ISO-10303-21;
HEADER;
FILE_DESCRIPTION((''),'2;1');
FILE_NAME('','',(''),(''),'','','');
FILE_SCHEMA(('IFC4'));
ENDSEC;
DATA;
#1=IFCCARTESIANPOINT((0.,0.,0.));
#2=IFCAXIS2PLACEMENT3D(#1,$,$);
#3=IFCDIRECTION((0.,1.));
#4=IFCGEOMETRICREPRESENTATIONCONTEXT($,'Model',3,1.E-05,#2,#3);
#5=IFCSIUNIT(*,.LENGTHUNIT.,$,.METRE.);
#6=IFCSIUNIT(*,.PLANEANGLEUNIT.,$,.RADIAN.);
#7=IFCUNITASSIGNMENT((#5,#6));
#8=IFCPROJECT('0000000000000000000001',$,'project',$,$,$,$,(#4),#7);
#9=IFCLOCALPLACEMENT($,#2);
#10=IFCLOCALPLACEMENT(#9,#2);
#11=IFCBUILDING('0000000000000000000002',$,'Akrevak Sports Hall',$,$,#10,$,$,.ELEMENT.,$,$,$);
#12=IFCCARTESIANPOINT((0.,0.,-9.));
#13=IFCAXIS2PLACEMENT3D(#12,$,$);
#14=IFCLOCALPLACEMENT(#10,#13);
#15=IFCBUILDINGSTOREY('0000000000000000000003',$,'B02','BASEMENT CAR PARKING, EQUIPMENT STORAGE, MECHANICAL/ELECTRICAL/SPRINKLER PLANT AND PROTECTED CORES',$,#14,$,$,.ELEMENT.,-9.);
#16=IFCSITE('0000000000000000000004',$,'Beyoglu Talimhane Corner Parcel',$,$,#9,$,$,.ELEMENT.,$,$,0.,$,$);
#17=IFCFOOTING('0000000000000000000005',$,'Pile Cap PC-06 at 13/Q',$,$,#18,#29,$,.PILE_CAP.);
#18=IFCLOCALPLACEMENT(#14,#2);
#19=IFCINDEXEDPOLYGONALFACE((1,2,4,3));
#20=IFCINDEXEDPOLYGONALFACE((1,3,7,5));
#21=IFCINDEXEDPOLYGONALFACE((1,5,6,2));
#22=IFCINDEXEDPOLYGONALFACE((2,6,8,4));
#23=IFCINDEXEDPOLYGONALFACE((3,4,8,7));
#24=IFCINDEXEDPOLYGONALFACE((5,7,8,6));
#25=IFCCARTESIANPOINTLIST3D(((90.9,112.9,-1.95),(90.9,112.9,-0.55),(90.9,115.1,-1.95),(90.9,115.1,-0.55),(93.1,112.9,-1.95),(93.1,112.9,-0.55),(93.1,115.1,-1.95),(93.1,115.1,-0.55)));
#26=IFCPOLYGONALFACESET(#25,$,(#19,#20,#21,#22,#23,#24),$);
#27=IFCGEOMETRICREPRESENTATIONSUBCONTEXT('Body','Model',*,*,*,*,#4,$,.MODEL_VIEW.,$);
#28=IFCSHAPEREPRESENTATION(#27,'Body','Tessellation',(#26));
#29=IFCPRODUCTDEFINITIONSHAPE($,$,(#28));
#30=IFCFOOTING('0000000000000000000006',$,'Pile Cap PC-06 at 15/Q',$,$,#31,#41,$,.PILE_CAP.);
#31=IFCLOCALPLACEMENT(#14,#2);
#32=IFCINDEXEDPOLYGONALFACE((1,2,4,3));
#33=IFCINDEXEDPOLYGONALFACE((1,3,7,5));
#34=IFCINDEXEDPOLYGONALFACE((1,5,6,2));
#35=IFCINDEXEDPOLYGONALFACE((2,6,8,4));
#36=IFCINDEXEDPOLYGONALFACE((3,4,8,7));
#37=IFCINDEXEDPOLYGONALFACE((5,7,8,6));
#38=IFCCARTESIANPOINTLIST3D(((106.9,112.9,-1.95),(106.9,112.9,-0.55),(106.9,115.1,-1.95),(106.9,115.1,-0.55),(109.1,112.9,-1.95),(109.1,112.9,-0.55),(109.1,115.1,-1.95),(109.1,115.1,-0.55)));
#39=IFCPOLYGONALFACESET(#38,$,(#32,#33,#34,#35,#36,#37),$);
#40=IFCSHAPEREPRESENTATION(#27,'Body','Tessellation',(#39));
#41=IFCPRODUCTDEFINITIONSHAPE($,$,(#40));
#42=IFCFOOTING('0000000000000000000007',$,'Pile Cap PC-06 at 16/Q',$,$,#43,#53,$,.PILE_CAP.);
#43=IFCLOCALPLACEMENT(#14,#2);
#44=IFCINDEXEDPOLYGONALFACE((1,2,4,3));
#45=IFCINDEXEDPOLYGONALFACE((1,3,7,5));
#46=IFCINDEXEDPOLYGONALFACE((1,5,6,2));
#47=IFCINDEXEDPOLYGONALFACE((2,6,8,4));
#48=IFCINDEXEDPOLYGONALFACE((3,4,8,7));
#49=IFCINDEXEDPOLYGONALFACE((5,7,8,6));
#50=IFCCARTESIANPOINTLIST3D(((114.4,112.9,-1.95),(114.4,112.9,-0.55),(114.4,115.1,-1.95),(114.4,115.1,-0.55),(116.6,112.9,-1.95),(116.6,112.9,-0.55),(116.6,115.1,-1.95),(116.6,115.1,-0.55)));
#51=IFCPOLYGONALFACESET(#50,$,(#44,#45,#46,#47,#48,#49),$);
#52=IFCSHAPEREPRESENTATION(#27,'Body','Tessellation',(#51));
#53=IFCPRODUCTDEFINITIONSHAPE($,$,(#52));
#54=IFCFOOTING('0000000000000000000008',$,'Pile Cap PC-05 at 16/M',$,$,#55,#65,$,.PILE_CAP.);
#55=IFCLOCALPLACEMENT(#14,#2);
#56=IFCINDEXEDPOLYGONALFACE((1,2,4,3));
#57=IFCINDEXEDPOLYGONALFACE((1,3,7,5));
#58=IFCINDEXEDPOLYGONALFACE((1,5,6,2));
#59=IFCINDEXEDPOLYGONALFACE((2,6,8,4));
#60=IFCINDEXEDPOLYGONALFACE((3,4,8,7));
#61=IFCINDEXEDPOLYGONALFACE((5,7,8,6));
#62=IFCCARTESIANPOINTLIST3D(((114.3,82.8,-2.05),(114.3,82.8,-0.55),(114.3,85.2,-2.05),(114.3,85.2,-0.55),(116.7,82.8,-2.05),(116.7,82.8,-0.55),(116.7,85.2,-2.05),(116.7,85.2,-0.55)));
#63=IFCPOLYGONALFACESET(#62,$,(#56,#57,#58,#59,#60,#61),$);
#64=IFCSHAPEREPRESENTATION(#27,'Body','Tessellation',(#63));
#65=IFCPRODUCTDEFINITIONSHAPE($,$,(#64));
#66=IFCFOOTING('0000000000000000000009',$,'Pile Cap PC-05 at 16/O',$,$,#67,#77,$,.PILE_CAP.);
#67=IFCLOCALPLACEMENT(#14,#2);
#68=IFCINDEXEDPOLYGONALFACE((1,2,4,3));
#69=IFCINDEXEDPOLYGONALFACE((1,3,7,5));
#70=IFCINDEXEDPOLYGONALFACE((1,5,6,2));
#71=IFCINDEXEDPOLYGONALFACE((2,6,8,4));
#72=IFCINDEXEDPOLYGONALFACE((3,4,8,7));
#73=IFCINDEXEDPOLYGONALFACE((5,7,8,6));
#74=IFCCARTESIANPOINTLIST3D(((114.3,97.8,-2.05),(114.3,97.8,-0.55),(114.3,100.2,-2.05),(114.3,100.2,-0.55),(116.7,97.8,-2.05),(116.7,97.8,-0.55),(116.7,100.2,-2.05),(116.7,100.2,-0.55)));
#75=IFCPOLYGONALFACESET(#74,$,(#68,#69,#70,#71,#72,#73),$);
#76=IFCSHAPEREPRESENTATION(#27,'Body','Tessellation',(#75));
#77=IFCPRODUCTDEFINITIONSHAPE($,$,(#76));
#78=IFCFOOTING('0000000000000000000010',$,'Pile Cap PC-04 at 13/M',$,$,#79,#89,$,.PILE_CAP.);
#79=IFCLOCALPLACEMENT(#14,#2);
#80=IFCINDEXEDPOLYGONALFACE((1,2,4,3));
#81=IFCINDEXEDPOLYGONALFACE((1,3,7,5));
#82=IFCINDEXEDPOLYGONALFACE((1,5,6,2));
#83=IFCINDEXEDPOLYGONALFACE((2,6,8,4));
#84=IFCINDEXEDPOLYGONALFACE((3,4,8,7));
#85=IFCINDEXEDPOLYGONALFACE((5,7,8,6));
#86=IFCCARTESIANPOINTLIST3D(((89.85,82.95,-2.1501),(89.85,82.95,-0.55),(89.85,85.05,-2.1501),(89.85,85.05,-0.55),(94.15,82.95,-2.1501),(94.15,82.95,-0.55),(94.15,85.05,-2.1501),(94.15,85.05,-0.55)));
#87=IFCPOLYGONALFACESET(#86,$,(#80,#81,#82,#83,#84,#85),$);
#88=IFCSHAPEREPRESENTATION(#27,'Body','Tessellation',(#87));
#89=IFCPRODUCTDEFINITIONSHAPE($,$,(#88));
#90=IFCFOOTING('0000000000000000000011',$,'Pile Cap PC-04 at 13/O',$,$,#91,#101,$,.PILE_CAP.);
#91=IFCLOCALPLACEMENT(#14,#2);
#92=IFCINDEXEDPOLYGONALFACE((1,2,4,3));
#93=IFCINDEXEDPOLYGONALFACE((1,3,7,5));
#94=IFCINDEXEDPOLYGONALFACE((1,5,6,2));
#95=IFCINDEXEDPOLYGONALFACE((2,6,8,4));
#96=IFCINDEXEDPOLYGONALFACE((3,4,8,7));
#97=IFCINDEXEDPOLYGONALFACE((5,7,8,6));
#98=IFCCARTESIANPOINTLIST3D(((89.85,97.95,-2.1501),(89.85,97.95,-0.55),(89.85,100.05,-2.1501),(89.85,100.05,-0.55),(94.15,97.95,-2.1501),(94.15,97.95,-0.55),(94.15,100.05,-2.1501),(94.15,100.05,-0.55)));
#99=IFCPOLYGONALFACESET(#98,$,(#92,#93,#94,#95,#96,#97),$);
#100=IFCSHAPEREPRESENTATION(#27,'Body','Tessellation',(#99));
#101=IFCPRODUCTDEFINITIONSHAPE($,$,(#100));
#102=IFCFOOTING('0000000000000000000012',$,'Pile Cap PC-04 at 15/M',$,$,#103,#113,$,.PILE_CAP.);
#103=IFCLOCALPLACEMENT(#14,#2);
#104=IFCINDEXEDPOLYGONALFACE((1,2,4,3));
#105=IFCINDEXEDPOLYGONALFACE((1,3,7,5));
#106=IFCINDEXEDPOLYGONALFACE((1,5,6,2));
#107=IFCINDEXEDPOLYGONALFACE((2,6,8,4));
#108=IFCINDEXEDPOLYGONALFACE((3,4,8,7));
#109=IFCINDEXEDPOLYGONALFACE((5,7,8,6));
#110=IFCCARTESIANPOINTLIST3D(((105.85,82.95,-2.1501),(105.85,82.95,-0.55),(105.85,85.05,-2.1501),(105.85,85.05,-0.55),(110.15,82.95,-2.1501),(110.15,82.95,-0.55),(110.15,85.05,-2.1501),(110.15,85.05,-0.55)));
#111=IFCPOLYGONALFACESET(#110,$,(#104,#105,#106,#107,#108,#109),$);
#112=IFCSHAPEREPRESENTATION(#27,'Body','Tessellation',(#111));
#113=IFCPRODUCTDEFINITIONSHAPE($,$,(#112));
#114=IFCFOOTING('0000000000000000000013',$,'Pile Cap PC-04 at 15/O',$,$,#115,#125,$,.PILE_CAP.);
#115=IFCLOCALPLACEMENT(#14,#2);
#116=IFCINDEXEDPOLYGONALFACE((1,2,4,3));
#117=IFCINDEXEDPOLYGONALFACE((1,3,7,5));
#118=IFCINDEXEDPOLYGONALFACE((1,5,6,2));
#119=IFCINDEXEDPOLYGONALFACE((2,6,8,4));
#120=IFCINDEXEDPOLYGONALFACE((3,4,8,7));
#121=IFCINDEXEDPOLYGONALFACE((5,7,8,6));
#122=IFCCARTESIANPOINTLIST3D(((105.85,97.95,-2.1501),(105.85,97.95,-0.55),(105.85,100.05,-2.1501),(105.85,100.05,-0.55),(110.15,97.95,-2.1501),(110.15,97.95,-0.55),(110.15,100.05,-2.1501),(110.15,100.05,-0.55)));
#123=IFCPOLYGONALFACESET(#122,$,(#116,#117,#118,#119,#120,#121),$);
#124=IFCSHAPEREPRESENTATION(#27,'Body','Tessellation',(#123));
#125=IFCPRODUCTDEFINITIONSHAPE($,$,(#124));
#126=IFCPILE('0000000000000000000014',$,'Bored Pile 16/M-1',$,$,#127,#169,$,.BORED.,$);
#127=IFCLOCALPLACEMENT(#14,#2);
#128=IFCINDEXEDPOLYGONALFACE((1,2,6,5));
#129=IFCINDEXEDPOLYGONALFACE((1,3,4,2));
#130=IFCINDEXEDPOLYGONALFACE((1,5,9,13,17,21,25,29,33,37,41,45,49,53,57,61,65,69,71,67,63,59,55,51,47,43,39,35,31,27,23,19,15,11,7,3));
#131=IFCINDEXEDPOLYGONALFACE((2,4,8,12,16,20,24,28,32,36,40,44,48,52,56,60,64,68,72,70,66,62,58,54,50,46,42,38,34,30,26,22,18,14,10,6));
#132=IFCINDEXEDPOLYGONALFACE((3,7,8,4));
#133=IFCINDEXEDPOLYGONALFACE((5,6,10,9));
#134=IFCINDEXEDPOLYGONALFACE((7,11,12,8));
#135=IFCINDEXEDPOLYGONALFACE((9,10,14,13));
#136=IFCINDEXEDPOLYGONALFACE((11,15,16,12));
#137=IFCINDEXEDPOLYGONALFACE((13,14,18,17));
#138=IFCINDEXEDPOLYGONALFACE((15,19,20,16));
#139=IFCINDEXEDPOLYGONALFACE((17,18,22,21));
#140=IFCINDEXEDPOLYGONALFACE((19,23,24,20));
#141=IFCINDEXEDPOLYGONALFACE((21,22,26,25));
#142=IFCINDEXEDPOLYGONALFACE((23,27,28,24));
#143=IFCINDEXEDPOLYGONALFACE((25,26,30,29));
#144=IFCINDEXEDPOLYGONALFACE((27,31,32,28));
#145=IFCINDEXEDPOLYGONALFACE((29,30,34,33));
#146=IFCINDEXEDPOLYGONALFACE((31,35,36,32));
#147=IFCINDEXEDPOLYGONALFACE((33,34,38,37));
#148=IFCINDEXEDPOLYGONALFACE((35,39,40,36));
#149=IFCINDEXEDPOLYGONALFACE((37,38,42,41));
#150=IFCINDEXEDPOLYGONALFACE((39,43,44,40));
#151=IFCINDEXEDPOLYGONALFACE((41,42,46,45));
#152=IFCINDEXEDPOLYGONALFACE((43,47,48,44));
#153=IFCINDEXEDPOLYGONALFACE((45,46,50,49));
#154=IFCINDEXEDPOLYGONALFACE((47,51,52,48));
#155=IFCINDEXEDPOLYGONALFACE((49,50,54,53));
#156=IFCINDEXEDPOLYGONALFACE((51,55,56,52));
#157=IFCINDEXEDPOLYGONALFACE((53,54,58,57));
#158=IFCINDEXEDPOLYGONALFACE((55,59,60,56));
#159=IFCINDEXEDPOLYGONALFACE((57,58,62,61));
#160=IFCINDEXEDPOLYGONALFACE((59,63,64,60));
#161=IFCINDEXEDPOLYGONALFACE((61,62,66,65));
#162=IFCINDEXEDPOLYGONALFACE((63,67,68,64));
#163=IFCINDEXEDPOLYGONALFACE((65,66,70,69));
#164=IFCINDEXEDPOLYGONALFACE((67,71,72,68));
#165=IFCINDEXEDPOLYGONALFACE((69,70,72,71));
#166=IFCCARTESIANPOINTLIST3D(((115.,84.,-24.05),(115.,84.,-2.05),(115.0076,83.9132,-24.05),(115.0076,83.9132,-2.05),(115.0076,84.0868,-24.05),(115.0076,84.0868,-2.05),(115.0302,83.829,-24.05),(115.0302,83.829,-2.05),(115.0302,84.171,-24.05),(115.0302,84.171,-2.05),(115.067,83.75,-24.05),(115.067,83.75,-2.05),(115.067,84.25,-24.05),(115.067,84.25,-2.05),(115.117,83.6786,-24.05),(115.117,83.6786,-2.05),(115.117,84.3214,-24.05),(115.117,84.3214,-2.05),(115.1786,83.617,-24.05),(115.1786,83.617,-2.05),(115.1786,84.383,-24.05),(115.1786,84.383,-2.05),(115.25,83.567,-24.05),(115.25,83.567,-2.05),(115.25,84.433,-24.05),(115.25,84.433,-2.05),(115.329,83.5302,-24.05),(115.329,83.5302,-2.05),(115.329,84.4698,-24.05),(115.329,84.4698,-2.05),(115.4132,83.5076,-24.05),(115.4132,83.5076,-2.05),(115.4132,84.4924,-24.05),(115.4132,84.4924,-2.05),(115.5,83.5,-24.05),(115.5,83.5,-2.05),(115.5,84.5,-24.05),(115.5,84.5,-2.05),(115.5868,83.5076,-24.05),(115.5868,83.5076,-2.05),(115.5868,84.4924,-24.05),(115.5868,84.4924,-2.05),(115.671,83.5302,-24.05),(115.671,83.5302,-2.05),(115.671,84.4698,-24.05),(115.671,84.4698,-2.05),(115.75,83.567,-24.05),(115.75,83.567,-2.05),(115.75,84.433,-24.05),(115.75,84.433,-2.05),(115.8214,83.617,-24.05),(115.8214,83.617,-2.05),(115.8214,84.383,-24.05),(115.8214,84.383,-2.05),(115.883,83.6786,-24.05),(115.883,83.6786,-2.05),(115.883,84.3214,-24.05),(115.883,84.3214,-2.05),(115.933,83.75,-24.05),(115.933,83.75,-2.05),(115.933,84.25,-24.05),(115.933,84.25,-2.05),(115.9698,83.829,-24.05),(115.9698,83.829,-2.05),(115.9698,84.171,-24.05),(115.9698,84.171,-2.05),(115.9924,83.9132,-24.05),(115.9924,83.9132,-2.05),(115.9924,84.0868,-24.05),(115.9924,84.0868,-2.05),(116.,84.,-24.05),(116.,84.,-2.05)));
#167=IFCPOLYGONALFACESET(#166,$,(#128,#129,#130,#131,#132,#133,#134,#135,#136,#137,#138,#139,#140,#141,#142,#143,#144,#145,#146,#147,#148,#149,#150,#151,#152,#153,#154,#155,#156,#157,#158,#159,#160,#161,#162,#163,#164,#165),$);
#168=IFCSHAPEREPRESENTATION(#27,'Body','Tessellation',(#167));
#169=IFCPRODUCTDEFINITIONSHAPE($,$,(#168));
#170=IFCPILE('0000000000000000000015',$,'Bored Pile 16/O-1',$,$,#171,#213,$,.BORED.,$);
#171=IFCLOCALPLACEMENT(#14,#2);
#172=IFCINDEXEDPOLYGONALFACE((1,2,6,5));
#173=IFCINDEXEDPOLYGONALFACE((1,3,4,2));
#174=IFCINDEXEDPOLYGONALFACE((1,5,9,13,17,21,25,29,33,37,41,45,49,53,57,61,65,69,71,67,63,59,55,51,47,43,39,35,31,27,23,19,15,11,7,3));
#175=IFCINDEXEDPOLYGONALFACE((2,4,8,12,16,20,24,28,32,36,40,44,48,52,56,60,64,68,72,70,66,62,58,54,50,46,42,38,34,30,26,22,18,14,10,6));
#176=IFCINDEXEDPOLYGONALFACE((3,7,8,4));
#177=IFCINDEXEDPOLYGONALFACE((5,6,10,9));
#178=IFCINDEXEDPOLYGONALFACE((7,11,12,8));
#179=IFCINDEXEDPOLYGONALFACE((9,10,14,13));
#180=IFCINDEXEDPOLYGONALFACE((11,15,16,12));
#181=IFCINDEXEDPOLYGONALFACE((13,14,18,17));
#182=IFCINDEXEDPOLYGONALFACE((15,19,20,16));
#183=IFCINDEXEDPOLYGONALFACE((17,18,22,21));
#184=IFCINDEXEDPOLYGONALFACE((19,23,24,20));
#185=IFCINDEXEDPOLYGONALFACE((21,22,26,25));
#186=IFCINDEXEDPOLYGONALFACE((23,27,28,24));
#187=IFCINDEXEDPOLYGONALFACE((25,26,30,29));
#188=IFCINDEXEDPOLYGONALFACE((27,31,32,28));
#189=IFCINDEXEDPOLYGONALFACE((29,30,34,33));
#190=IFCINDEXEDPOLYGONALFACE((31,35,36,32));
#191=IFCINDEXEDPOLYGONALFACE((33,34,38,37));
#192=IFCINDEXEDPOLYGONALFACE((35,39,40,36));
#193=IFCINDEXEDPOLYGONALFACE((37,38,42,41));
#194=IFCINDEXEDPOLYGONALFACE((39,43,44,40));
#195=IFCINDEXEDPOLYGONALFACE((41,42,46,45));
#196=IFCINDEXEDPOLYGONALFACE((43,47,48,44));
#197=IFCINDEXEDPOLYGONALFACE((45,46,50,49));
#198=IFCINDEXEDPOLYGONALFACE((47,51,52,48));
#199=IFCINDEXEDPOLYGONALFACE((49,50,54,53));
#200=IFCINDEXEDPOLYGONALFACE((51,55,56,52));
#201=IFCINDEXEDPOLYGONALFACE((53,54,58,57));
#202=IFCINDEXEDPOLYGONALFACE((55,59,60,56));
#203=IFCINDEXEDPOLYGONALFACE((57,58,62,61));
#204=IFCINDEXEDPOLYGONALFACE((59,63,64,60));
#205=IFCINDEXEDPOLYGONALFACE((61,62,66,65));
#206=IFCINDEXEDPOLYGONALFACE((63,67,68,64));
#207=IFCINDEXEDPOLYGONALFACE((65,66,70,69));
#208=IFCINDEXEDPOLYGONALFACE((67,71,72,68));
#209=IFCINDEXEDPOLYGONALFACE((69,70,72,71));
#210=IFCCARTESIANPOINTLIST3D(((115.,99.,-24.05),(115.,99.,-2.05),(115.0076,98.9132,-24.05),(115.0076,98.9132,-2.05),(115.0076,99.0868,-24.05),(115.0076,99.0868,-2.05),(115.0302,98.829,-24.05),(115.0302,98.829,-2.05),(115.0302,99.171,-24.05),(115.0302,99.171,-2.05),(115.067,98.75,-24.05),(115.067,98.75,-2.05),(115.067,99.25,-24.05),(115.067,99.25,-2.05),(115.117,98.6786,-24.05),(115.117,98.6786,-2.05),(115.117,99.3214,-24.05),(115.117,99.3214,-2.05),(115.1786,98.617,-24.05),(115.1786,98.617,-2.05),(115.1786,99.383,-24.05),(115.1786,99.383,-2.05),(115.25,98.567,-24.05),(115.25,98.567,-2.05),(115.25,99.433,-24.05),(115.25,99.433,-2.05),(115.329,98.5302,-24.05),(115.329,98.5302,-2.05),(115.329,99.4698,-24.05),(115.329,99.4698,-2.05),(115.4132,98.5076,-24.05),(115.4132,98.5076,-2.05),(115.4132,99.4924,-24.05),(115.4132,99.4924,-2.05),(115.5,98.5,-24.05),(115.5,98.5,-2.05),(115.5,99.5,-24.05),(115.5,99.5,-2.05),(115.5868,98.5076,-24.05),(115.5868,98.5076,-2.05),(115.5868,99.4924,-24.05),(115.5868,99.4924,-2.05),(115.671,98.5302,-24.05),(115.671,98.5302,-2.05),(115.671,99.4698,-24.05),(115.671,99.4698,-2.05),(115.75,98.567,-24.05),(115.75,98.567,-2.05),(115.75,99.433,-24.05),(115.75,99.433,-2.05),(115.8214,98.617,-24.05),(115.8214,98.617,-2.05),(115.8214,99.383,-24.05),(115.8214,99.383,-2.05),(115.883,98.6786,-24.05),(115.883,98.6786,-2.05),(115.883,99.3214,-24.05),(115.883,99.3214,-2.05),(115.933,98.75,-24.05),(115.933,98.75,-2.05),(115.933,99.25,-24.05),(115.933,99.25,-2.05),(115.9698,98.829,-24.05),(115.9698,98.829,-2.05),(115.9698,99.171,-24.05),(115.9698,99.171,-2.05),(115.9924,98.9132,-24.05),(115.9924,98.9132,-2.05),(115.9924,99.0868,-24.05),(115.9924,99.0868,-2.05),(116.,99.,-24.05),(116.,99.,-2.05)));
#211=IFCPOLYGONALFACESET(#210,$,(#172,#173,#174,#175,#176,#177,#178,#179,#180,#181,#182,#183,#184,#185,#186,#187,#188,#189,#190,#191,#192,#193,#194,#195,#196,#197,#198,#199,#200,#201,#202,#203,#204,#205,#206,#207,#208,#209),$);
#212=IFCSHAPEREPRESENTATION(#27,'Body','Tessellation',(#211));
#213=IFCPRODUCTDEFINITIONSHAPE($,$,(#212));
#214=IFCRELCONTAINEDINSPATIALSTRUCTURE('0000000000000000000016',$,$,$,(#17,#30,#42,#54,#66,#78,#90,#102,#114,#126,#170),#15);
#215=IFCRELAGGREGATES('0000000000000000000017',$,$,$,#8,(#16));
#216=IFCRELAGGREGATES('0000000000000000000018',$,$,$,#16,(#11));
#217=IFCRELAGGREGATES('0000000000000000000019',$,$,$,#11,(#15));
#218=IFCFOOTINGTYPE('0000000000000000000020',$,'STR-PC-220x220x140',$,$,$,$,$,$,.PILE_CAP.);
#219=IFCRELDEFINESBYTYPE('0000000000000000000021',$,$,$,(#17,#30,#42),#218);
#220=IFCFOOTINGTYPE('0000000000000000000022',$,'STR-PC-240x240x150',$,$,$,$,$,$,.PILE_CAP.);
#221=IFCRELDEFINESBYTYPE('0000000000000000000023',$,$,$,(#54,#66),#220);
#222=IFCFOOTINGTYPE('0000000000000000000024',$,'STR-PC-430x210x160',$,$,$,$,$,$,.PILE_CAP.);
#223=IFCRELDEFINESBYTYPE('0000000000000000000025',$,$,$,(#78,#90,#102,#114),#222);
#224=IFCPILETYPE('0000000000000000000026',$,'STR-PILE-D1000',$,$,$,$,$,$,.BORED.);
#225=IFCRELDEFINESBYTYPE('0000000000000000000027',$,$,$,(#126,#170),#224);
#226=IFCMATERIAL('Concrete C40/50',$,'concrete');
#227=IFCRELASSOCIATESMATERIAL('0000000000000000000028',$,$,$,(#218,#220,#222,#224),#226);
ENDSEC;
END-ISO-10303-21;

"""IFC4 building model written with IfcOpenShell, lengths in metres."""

from ifc_helpers import new_model, si_unit, direction, frame, origin, origin_2d, place, context, subcontext, project, spatial, rectangle, circle, extrude, material, material_profile, profile_set, type_object, element, save


model = new_model("IFC4")

# Units and contexts
model_context = context("Model", 3, precision=1e-05, world=origin(), true_north=direction((0.0, 1.0)))
body_context = subcontext(model_context, "Body", "Model", "MODEL_VIEW")
ifc_project = project(units=[si_unit("LENGTHUNIT", "METRE"), si_unit("PLANEANGLEUNIT", "RADIAN")], contexts=[model_context])

# Site, building, storey
site_placement = place(None, origin())
site = spatial("IfcSite", under=ifc_project, at=site_placement, Name="Beyoglu Talimhane Corner Parcel", CompositionType="ELEMENT", RefElevation=0.0)
building_placement = place(site_placement, origin())
building = spatial("IfcBuilding", under=site, at=building_placement, Name="Akrevak Sports Hall", CompositionType="ELEMENT")
storey_placement = place(building_placement, frame((0.0, 0.0, -9.0)))
storey = spatial("IfcBuildingStorey", under=building, at=storey_placement, Name="B02", Description="BASEMENT CAR PARKING, EQUIPMENT STORAGE, MECHANICAL/ELECTRICAL/SPRINKLER PLANT AND PROTECTED CORES", CompositionType="ELEMENT", Elevation=-9.0)

# Footings
ifc_material_1 = material(Name="Concrete C40/50", Category="concrete")
footing_type_1 = type_object("IfcFootingType", Name="STR-PC-220x220x140", PredefinedType="PILE_CAP", material=ifc_material_1)
for number, where, z_axis, x_axis, name in (
    (1, (92.0, 114.0, -1.95), (0.0, 0.0, 1.0), (1.0, 0.0, 0.0), "Pile Cap PC-06 at 13/Q"),
    (2, (108.0, 114.0, -1.95), (0.0, 0.0, 1.0), (1.0, 0.0, 0.0), "Pile Cap PC-06 at 15/Q"),
    (3, (115.5, 114.0, -1.95), (0.0, 0.0, 1.0), (1.0, 0.0, 0.0), "Pile Cap PC-06 at 16/Q"),
):
    element("IfcFooting", number, at=place(storey_placement, frame(where, z_axis=z_axis, x_axis=x_axis)), inside=storey, type_object=footing_type_1, Name=name, PredefinedType="PILE_CAP", context=body_context, shape_type="SweptSolid", body=[
        extrude(rectangle(XDim=2.2, YDim=2.2, at=origin_2d()), origin(), (0.0, 0.0, 1.0), 1.3999),
    ])
footing_type_2 = type_object("IfcFootingType", Name="STR-PC-240x240x150", PredefinedType="PILE_CAP", material=ifc_material_1)
for number, where, z_axis, x_axis, name in (
    (4, (115.5, 84.0, -2.05), (0.0, 0.0, 1.0), (1.0, 0.0, 0.0), "Pile Cap PC-05 at 16/M"),
    (5, (115.5, 99.0, -2.05), (0.0, 0.0, 1.0), (1.0, 0.0, 0.0), "Pile Cap PC-05 at 16/O"),
):
    element("IfcFooting", number, at=place(storey_placement, frame(where, z_axis=z_axis, x_axis=x_axis)), inside=storey, type_object=footing_type_2, Name=name, PredefinedType="PILE_CAP", context=body_context, shape_type="SweptSolid", body=[
        extrude(rectangle(XDim=2.3999, YDim=2.3999, at=origin_2d()), origin(), (0.0, 0.0, 1.0), 1.5),
    ])
footing_type_3 = type_object("IfcFootingType", Name="STR-PC-430x210x160", PredefinedType="PILE_CAP", material=ifc_material_1)
for number, where, z_axis, x_axis, name in (
    (6, (92.0, 84.0, -2.1501), (0.0, 0.0, 1.0), (1.0, 0.0, 0.0), "Pile Cap PC-04 at 13/M"),
    (7, (92.0, 99.0, -2.1501), (0.0, 0.0, 1.0), (1.0, 0.0, 0.0), "Pile Cap PC-04 at 13/O"),
    (8, (108.0, 84.0, -2.1501), (0.0, 0.0, 1.0), (1.0, 0.0, 0.0), "Pile Cap PC-04 at 15/M"),
    (9, (108.0, 99.0, -2.1501), (0.0, 0.0, 1.0), (1.0, 0.0, 0.0), "Pile Cap PC-04 at 15/O"),
):
    element("IfcFooting", number, at=place(storey_placement, frame(where, z_axis=z_axis, x_axis=x_axis)), inside=storey, type_object=footing_type_3, Name=name, PredefinedType="PILE_CAP", context=body_context, shape_type="SweptSolid", body=[
        extrude(rectangle(XDim=4.3, YDim=2.1001, at=origin_2d()), origin(), (0.0, 0.0, 1.0), 1.6001),
    ])

# Piles
ifc_material_profile_1 = material_profile(ifc_material_1, circle(Radius=0.5, at=origin_2d()), Name="BORED PILE D1000", Category="concrete")
ifc_profile_set_1 = profile_set([ifc_material_profile_1], Name="Concrete C40/50")
pile_type_1 = type_object("IfcPileType", Name="STR-PILE-D1000", PredefinedType="BORED", material=ifc_profile_set_1)
for number, where, z_axis, x_axis, name in (
    (10, (115.5, 84.0, -2.05), (0.0, 0.0, -1.0), (1.0, 0.0, 0.0), "Bored Pile 16/M-1"),
    (11, (115.5, 99.0, -2.05), (0.0, 0.0, -1.0), (1.0, 0.0, 0.0), "Bored Pile 16/O-1"),
):
    element("IfcPile", number, at=place(storey_placement, frame(where, z_axis=z_axis, x_axis=x_axis)), inside=storey, type_object=pile_type_1, Name=name, PredefinedType="BORED", context=body_context, shape_type="SweptSolid", body=[
        extrude(circle(Radius=0.5, at=origin_2d()), origin(), (0.0, 0.0, 1.0), 22.0),
    ])

save(model, "model.ifc")
